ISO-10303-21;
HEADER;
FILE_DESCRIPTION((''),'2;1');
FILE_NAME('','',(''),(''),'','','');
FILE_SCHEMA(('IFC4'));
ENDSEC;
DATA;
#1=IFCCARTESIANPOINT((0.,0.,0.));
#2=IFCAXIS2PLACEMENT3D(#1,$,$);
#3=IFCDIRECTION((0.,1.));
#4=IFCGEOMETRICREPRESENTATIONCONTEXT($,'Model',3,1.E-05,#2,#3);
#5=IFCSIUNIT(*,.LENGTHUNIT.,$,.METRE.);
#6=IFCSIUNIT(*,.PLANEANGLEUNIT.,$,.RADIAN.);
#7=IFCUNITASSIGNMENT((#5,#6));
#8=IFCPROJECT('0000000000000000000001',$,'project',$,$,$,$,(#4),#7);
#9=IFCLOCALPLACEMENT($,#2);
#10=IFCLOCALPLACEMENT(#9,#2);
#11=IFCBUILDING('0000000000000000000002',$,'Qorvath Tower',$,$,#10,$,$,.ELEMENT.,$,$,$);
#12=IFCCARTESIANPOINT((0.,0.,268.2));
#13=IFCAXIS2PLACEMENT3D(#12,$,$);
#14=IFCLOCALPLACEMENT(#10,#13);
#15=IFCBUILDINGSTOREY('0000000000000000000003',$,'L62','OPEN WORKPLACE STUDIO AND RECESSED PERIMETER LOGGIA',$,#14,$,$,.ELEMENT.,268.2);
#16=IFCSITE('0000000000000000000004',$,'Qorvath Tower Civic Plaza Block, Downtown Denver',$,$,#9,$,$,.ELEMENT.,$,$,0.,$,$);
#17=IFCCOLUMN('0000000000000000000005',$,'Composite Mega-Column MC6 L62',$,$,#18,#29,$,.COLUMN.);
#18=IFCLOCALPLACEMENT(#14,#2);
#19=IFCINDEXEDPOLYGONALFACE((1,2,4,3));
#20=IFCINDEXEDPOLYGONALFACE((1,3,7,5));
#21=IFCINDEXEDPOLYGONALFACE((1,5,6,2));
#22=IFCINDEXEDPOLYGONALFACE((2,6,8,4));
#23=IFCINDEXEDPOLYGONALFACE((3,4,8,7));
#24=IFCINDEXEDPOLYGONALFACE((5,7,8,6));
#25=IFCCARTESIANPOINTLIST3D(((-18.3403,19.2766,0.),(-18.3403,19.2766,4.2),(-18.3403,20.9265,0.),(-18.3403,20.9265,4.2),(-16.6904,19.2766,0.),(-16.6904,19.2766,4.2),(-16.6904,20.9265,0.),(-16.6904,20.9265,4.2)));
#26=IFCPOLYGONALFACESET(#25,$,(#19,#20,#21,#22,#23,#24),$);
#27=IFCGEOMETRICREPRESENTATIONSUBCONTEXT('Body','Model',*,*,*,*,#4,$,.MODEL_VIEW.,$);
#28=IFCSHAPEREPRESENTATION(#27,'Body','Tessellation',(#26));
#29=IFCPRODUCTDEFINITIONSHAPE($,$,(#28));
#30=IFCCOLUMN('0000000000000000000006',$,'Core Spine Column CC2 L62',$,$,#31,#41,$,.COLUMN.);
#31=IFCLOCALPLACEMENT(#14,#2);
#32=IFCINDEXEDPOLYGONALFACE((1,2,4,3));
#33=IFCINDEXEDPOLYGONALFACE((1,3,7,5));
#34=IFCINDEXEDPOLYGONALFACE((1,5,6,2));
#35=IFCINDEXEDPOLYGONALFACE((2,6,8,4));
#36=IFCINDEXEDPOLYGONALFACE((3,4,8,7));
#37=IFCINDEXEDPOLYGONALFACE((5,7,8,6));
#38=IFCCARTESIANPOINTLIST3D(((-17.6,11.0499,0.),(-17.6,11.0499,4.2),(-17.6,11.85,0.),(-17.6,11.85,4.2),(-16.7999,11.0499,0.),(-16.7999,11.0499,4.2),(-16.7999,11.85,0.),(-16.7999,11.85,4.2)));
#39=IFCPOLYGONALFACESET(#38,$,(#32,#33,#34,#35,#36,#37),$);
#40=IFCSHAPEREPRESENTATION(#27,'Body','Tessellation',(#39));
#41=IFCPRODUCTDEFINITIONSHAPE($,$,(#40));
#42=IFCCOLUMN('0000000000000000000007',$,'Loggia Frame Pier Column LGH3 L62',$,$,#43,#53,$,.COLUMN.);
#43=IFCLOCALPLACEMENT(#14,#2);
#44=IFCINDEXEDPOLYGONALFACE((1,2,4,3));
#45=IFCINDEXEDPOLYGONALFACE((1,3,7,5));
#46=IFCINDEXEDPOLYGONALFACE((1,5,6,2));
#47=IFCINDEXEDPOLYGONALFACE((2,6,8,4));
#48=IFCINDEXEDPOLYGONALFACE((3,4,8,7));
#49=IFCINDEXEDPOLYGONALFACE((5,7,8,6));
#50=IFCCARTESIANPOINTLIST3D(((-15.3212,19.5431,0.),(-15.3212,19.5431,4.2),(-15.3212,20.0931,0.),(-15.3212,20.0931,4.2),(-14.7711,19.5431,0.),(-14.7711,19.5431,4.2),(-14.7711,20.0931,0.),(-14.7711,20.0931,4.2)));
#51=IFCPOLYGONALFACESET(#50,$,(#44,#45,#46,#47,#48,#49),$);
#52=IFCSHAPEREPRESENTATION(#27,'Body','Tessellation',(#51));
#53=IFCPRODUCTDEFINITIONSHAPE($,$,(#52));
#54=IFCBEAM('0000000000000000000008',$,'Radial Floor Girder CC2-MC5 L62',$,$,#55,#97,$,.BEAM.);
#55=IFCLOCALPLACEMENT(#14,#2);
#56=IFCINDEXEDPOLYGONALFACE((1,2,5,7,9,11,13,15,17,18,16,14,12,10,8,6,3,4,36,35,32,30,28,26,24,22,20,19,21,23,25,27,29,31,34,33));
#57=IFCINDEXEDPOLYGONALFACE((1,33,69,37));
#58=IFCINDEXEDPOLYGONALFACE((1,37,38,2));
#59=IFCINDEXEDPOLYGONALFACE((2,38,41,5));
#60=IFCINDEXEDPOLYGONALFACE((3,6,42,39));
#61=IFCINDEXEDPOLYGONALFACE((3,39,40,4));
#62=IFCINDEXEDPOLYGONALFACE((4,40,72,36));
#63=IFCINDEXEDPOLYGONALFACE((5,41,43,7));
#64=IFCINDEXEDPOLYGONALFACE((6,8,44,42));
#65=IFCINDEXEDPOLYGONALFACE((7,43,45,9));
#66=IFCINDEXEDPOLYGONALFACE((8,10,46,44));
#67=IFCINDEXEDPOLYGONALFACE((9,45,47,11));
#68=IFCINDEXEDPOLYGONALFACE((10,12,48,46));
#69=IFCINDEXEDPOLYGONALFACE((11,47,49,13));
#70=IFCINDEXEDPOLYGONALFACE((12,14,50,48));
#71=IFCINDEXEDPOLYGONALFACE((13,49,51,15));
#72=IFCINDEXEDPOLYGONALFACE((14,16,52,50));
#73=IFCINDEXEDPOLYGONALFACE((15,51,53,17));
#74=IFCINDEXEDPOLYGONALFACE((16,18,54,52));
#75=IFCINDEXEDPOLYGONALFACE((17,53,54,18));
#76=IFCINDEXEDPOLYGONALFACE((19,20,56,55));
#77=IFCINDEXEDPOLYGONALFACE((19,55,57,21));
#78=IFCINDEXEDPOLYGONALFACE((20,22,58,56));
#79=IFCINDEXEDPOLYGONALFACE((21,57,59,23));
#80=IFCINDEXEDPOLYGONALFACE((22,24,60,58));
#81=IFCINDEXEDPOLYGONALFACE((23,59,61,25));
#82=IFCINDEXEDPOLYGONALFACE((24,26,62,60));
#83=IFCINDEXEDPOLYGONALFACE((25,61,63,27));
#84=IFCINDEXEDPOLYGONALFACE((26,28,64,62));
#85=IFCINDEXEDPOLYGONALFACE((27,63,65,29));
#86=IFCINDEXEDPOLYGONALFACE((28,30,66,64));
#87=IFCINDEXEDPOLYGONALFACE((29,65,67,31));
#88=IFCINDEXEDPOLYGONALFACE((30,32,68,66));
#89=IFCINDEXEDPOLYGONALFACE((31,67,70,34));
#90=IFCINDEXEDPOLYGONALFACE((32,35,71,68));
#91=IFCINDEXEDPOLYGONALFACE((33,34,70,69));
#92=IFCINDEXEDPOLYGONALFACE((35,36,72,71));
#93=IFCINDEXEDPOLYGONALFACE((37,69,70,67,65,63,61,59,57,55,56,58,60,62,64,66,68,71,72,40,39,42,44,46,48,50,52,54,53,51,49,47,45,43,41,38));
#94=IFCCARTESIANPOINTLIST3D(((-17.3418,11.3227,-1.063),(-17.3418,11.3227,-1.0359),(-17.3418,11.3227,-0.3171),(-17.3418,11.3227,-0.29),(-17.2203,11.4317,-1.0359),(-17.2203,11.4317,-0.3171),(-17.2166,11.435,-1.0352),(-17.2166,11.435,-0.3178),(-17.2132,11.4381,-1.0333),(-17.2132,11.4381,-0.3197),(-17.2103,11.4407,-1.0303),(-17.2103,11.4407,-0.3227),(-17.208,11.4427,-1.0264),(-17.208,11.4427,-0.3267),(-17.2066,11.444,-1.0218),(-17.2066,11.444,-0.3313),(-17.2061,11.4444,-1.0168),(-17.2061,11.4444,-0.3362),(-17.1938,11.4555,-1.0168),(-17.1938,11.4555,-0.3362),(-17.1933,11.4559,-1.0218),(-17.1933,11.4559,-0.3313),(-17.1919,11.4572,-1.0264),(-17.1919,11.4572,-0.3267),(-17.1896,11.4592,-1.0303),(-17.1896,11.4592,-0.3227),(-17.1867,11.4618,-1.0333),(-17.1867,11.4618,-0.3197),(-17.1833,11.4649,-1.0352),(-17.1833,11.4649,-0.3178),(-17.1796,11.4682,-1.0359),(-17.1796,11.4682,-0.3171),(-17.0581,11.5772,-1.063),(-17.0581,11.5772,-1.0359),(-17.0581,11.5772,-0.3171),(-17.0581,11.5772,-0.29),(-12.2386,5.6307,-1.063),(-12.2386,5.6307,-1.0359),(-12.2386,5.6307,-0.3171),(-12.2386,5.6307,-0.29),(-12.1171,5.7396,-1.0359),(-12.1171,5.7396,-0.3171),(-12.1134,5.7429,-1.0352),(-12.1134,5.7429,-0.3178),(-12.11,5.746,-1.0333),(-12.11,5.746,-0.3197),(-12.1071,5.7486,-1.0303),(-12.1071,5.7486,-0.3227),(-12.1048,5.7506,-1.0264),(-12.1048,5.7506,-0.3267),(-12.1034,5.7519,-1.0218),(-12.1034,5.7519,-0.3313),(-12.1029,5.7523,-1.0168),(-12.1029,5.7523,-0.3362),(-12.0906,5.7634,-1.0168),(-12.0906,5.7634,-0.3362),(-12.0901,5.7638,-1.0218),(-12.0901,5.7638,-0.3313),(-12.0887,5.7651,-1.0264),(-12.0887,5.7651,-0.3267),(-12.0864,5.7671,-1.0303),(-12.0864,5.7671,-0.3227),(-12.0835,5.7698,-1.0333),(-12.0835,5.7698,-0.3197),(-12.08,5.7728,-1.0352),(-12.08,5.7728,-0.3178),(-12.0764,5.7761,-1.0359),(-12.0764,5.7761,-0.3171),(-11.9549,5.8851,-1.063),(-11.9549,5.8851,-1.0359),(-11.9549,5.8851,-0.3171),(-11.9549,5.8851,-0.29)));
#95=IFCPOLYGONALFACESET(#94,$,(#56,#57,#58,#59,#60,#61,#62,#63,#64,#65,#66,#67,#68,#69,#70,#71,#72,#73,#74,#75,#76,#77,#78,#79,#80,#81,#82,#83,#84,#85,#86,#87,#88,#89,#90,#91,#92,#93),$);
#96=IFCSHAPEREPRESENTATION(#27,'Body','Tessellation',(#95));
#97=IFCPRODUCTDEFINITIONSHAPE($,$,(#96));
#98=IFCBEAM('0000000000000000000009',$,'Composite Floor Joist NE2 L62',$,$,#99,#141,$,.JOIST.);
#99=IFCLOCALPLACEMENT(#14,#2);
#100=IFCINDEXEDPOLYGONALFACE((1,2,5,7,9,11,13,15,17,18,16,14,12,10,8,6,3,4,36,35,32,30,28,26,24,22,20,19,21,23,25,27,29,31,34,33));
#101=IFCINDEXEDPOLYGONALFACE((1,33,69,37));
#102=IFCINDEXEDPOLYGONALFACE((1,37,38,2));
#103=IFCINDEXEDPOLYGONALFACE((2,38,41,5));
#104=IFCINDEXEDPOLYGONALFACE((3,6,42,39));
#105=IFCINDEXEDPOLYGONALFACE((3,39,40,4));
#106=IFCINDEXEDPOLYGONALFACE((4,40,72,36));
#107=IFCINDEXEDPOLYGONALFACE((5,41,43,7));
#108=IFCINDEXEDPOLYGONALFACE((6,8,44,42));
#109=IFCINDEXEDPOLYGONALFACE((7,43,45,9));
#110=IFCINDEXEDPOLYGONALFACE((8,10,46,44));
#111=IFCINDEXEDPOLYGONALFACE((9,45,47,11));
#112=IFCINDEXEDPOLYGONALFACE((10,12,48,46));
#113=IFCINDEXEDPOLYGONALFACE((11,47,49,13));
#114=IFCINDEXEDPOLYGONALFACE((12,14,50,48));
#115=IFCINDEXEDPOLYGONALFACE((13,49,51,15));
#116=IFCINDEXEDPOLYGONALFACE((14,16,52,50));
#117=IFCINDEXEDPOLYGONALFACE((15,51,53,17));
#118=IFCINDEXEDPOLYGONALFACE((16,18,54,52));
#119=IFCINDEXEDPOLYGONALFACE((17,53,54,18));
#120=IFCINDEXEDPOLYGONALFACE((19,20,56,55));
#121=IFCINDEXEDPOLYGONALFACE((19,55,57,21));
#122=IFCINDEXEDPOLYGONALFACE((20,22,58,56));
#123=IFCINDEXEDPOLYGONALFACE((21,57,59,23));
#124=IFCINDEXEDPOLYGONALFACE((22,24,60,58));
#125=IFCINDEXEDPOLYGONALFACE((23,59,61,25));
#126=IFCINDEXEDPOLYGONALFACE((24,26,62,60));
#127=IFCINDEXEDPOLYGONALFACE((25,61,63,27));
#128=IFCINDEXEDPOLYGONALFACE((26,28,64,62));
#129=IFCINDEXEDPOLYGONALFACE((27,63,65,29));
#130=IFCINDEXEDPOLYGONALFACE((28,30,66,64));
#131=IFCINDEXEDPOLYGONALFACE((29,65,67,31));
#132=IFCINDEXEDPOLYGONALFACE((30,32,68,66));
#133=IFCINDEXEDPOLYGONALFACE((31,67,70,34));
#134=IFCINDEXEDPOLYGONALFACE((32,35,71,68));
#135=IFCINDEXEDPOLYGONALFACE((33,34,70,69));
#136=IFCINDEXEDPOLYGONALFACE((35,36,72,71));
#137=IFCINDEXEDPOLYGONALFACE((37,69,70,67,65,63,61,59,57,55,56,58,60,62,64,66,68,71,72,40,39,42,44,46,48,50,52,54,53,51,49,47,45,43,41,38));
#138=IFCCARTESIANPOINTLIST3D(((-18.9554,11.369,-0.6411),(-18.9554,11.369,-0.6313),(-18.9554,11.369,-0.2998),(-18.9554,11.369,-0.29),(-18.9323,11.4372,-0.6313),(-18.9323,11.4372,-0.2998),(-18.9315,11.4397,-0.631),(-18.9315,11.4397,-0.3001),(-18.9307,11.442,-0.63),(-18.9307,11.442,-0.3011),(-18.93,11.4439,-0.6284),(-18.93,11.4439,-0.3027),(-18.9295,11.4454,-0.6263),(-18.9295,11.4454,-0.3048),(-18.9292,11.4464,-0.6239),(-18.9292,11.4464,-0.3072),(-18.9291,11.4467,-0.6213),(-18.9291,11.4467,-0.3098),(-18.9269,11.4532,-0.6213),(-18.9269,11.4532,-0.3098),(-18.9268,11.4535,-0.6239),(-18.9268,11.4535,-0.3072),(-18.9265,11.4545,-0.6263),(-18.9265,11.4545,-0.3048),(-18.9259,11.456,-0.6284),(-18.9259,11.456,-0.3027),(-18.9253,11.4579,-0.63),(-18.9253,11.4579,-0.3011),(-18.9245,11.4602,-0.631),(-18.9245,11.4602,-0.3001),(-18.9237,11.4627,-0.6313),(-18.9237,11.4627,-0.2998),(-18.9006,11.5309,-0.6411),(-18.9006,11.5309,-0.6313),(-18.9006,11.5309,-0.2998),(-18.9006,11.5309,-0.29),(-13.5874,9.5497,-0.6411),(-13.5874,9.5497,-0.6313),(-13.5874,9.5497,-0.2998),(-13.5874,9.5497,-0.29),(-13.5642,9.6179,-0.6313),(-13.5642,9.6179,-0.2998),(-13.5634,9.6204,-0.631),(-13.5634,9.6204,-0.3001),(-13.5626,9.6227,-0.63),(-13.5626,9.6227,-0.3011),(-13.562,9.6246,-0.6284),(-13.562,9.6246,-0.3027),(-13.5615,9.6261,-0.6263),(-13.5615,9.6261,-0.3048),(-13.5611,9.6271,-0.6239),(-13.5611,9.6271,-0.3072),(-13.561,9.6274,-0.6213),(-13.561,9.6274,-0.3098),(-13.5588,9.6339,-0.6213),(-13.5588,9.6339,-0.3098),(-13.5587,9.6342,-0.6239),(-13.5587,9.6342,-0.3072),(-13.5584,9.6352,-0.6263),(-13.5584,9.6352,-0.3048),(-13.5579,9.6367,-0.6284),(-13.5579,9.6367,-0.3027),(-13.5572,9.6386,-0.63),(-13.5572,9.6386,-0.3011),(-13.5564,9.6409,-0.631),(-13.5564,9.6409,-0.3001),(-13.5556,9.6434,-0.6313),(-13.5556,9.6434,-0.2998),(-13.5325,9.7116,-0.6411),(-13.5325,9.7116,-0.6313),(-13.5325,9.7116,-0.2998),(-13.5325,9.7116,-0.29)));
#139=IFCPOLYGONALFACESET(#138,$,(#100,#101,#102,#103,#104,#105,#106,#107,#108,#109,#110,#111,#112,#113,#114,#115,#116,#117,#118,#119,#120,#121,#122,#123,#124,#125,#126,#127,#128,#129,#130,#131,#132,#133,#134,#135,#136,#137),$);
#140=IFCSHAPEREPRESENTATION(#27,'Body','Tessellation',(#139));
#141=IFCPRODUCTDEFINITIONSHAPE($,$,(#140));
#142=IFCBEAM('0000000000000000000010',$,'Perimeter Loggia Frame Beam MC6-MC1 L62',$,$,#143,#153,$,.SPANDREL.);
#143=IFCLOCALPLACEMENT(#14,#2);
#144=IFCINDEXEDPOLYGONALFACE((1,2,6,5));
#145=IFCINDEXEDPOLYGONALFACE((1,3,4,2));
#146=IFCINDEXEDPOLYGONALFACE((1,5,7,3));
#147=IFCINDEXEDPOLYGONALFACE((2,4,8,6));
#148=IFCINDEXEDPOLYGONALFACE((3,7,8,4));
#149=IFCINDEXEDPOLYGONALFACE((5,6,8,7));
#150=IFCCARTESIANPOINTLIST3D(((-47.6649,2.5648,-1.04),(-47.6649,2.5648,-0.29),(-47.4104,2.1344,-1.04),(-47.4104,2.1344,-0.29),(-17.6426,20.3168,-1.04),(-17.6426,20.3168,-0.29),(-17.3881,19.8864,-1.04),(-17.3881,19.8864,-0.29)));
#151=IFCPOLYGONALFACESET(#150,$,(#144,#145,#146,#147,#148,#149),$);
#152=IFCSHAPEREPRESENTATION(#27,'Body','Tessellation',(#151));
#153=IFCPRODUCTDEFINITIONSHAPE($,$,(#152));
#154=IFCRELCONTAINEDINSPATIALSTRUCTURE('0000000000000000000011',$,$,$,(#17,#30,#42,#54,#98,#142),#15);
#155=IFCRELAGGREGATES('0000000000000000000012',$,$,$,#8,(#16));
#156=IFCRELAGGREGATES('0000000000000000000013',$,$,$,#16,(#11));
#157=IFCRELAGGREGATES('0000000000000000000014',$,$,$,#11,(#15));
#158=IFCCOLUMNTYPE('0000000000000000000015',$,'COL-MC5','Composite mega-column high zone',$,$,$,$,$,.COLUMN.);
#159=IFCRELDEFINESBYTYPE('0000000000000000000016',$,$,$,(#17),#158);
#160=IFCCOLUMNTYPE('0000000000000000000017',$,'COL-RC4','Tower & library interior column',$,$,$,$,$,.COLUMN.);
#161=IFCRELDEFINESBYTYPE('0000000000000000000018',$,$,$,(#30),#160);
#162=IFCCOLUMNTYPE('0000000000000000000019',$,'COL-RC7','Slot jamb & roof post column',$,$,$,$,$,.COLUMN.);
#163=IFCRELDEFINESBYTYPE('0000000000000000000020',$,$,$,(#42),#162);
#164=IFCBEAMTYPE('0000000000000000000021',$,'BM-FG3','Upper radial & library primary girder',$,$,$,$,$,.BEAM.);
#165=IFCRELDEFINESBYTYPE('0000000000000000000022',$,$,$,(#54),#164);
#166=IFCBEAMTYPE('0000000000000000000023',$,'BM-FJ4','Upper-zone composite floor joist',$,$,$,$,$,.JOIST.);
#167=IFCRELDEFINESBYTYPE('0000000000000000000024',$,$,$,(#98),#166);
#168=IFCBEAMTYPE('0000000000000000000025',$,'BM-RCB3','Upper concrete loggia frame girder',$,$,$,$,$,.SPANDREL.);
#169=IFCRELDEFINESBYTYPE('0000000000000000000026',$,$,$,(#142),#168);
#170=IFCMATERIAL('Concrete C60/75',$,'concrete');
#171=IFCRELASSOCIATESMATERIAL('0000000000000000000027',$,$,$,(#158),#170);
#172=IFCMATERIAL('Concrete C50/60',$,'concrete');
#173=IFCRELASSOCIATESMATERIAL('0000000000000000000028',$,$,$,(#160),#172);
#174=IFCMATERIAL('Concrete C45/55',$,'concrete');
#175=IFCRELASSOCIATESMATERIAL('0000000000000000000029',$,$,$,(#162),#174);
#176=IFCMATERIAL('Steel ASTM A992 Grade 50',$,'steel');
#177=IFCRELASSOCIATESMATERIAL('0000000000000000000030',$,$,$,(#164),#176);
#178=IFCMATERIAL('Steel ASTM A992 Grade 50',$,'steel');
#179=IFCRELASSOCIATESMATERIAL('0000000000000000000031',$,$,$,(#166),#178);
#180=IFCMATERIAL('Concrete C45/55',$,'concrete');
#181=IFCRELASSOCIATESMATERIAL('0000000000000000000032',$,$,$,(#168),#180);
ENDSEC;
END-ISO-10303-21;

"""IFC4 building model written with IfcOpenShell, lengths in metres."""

from ifc_helpers import new_model, si_unit, direction, frame, origin, origin_2d, place, context, subcontext, project, spatial, rectangle, i_section, extrude, material, material_profile, profile_set, type_object, element, save


model = new_model("IFC4")

# Units and contexts
model_context = context("Model", 3, precision=1e-05, world=origin(), true_north=direction((0.0, 1.0)))
body_context = subcontext(model_context, "Body", "Model", "MODEL_VIEW")
ifc_project = project(units=[si_unit("LENGTHUNIT", "METRE"), si_unit("PLANEANGLEUNIT", "RADIAN")], contexts=[model_context])

# Site, building, storey
site_placement = place(None, origin())
site = spatial("IfcSite", under=ifc_project, at=site_placement, Name="Qorvath Tower Civic Plaza Block, Downtown Denver", CompositionType="ELEMENT", RefElevation=0.0)
building_placement = place(site_placement, origin())
building = spatial("IfcBuilding", under=site, at=building_placement, Name="Qorvath Tower", CompositionType="ELEMENT")
storey_placement = place(building_placement, frame((0.0, 0.0, 268.2)))
storey = spatial("IfcBuildingStorey", under=building, at=storey_placement, Name="L62", Description="OPEN WORKPLACE STUDIO AND RECESSED PERIMETER LOGGIA", CompositionType="ELEMENT", Elevation=268.2)

# Columns
ifc_material_1 = material(Name="Concrete C60/75", Category="concrete")
ifc_material_profile_1 = material_profile(ifc_material_1, rectangle(XDim=1.6499, YDim=1.6499, at=origin_2d()), Name="MC 1650x1650")
ifc_profile_set_1 = profile_set([ifc_material_profile_1], Name="Concrete C60/75")
column_type_1 = type_object("IfcColumnType", Name="COL-MC5", Description="Composite mega-column high zone", PredefinedType="COLUMN", material=ifc_profile_set_1)
column_1_placement = place(storey_placement, frame((-17.5154, 20.1016, 0.0), z_axis=(0.0, 0.0, 1.0), x_axis=(1.0, 0.0, 0.0)))
element("IfcColumn", 1, at=column_1_placement, inside=storey, type_object=column_type_1, Name="Composite Mega-Column MC6 L62", PredefinedType="COLUMN", context=body_context, shape_type="SweptSolid", body=[
    extrude(rectangle(XDim=1.6499, YDim=1.6499, at=origin_2d()), origin(), (0.0, 0.0, 1.0), 4.2),
])
ifc_material_2 = material(Name="Concrete C50/60", Category="concrete")
ifc_material_profile_2 = material_profile(ifc_material_2, rectangle(XDim=0.8, YDim=0.8, at=origin_2d()), Name="RC 800x800")
ifc_profile_set_2 = profile_set([ifc_material_profile_2], Name="Concrete C50/60")
column_type_2 = type_object("IfcColumnType", Name="COL-RC4", Description="Tower & library interior column", PredefinedType="COLUMN", material=ifc_profile_set_2)
column_2_placement = place(storey_placement, frame((-17.2, 11.45, 0.0), z_axis=(0.0, 0.0, 1.0), x_axis=(1.0, 0.0, 0.0)))
element("IfcColumn", 2, at=column_2_placement, inside=storey, type_object=column_type_2, Name="Core Spine Column CC2 L62", PredefinedType="COLUMN", context=body_context, shape_type="SweptSolid", body=[
    extrude(rectangle(XDim=0.8, YDim=0.8, at=origin_2d()), origin(), (0.0, 0.0, 1.0), 4.2),
])
ifc_material_3 = material(Name="Concrete C45/55", Category="concrete")
ifc_material_profile_3 = material_profile(ifc_material_3, rectangle(XDim=0.55, YDim=0.55, at=origin_2d()), Name="RC 550x550")
ifc_profile_set_3 = profile_set([ifc_material_profile_3], Name="Concrete C45/55")
column_type_3 = type_object("IfcColumnType", Name="COL-RC7", Description="Slot jamb & roof post column", PredefinedType="COLUMN", material=ifc_profile_set_3)
column_3_placement = place(storey_placement, frame((-15.0461, 19.8181, 0.0), z_axis=(0.0, 0.0, 1.0), x_axis=(1.0, 0.0, 0.0)))
element("IfcColumn", 3, at=column_3_placement, inside=storey, type_object=column_type_3, Name="Loggia Frame Pier Column LGH3 L62", PredefinedType="COLUMN", context=body_context, shape_type="SweptSolid", body=[
    extrude(rectangle(XDim=0.55, YDim=0.55, at=origin_2d()), origin(), (0.0, 0.0, 1.0), 4.2),
])

# Beams
ifc_material_4 = material(Name="Steel ASTM A992 Grade 50", Category="steel")
ifc_material_profile_4 = material_profile(ifc_material_4, i_section(OverallWidth=0.3811, OverallDepth=0.7729, WebThickness=0.0166, FlangeThickness=0.0271, FilletRadius=0.019, at=origin_2d()), Name="W30x173")
ifc_profile_set_4 = profile_set([ifc_material_profile_4], Name="Steel ASTM A992 Grade 50")
beam_type_1 = type_object("IfcBeamType", Name="BM-FG3", Description="Upper radial & library primary girder", PredefinedType="BEAM", material=ifc_profile_set_4)
beam_1_placement = place(storey_placement, frame((-17.2, 11.45, -0.6765), z_axis=(0.667543, -0.744571, 0.0), x_axis=(0.744571, 0.667543, 0.0)))
element("IfcBeam", 4, at=beam_1_placement, inside=storey, type_object=beam_type_1, Name="Radial Floor Girder CC2-MC5 L62", PredefinedType="BEAM", context=body_context, shape_type="SweptSolid", body=[
    extrude(i_section(OverallWidth=0.3811, OverallDepth=0.7729, WebThickness=0.0166, FlangeThickness=0.0271, FilletRadius=0.019, at=origin_2d()), origin(), (0.0, 0.0, 1.0), 7.6448),
])
ifc_material_5 = material(Name="Steel ASTM A992 Grade 50", Category="steel")
ifc_material_profile_5 = material_profile(ifc_material_5, i_section(OverallWidth=0.1709, OverallDepth=0.3511, WebThickness=0.0068, FlangeThickness=0.0098, FilletRadius=0.01, at=origin_2d()), Name="W14x30")
ifc_profile_set_5 = profile_set([ifc_material_profile_5], Name="Steel ASTM A992 Grade 50")
beam_type_2 = type_object("IfcBeamType", Name="BM-FJ4", Description="Upper-zone composite floor joist", PredefinedType="JOIST", material=ifc_profile_set_5)
beam_2_placement = place(storey_placement, frame((-18.928, 11.45, -0.4656), z_axis=(0.947086, -0.320979, 0.0), x_axis=(0.320979, 0.947086, 0.0)))
element("IfcBeam", 5, at=beam_2_placement, inside=storey, type_object=beam_type_2, Name="Composite Floor Joist NE2 L62", PredefinedType="JOIST", context=body_context, shape_type="SweptSolid", body=[
    extrude(i_section(OverallWidth=0.1709, OverallDepth=0.3511, WebThickness=0.0068, FlangeThickness=0.0098, FilletRadius=0.01, at=origin_2d()), origin(), (0.0, 0.0, 1.0), 5.668),
])
ifc_material_6 = material(Name="Concrete C45/55", Category="concrete")
ifc_material_profile_6 = material_profile(ifc_material_6, rectangle(XDim=0.5, YDim=0.75, at=origin_2d()), Name="RCB 750x500")
ifc_profile_set_6 = profile_set([ifc_material_profile_6], Name="Concrete C45/55")
beam_type_3 = type_object("IfcBeamType", Name="BM-RCB3", Description="Upper concrete loggia frame girder", PredefinedType="SPANDREL", material=ifc_profile_set_6)
beam_3_placement = place(storey_placement, frame((-17.5154, 20.1016, -0.665), z_axis=(-0.860781, -0.508975, 0.0), x_axis=(0.508975, -0.860781, 0.0)))
element("IfcBeam", 6, at=beam_3_placement, inside=storey, type_object=beam_type_3, Name="Perimeter Loggia Frame Beam MC6-MC1 L62", PredefinedType="SPANDREL", context=body_context, shape_type="SweptSolid", body=[
    extrude(rectangle(XDim=0.5, YDim=0.75, at=origin_2d()), origin(), (0.0, 0.0, 1.0), 34.8779),
])

save(model, "model.ifc")
